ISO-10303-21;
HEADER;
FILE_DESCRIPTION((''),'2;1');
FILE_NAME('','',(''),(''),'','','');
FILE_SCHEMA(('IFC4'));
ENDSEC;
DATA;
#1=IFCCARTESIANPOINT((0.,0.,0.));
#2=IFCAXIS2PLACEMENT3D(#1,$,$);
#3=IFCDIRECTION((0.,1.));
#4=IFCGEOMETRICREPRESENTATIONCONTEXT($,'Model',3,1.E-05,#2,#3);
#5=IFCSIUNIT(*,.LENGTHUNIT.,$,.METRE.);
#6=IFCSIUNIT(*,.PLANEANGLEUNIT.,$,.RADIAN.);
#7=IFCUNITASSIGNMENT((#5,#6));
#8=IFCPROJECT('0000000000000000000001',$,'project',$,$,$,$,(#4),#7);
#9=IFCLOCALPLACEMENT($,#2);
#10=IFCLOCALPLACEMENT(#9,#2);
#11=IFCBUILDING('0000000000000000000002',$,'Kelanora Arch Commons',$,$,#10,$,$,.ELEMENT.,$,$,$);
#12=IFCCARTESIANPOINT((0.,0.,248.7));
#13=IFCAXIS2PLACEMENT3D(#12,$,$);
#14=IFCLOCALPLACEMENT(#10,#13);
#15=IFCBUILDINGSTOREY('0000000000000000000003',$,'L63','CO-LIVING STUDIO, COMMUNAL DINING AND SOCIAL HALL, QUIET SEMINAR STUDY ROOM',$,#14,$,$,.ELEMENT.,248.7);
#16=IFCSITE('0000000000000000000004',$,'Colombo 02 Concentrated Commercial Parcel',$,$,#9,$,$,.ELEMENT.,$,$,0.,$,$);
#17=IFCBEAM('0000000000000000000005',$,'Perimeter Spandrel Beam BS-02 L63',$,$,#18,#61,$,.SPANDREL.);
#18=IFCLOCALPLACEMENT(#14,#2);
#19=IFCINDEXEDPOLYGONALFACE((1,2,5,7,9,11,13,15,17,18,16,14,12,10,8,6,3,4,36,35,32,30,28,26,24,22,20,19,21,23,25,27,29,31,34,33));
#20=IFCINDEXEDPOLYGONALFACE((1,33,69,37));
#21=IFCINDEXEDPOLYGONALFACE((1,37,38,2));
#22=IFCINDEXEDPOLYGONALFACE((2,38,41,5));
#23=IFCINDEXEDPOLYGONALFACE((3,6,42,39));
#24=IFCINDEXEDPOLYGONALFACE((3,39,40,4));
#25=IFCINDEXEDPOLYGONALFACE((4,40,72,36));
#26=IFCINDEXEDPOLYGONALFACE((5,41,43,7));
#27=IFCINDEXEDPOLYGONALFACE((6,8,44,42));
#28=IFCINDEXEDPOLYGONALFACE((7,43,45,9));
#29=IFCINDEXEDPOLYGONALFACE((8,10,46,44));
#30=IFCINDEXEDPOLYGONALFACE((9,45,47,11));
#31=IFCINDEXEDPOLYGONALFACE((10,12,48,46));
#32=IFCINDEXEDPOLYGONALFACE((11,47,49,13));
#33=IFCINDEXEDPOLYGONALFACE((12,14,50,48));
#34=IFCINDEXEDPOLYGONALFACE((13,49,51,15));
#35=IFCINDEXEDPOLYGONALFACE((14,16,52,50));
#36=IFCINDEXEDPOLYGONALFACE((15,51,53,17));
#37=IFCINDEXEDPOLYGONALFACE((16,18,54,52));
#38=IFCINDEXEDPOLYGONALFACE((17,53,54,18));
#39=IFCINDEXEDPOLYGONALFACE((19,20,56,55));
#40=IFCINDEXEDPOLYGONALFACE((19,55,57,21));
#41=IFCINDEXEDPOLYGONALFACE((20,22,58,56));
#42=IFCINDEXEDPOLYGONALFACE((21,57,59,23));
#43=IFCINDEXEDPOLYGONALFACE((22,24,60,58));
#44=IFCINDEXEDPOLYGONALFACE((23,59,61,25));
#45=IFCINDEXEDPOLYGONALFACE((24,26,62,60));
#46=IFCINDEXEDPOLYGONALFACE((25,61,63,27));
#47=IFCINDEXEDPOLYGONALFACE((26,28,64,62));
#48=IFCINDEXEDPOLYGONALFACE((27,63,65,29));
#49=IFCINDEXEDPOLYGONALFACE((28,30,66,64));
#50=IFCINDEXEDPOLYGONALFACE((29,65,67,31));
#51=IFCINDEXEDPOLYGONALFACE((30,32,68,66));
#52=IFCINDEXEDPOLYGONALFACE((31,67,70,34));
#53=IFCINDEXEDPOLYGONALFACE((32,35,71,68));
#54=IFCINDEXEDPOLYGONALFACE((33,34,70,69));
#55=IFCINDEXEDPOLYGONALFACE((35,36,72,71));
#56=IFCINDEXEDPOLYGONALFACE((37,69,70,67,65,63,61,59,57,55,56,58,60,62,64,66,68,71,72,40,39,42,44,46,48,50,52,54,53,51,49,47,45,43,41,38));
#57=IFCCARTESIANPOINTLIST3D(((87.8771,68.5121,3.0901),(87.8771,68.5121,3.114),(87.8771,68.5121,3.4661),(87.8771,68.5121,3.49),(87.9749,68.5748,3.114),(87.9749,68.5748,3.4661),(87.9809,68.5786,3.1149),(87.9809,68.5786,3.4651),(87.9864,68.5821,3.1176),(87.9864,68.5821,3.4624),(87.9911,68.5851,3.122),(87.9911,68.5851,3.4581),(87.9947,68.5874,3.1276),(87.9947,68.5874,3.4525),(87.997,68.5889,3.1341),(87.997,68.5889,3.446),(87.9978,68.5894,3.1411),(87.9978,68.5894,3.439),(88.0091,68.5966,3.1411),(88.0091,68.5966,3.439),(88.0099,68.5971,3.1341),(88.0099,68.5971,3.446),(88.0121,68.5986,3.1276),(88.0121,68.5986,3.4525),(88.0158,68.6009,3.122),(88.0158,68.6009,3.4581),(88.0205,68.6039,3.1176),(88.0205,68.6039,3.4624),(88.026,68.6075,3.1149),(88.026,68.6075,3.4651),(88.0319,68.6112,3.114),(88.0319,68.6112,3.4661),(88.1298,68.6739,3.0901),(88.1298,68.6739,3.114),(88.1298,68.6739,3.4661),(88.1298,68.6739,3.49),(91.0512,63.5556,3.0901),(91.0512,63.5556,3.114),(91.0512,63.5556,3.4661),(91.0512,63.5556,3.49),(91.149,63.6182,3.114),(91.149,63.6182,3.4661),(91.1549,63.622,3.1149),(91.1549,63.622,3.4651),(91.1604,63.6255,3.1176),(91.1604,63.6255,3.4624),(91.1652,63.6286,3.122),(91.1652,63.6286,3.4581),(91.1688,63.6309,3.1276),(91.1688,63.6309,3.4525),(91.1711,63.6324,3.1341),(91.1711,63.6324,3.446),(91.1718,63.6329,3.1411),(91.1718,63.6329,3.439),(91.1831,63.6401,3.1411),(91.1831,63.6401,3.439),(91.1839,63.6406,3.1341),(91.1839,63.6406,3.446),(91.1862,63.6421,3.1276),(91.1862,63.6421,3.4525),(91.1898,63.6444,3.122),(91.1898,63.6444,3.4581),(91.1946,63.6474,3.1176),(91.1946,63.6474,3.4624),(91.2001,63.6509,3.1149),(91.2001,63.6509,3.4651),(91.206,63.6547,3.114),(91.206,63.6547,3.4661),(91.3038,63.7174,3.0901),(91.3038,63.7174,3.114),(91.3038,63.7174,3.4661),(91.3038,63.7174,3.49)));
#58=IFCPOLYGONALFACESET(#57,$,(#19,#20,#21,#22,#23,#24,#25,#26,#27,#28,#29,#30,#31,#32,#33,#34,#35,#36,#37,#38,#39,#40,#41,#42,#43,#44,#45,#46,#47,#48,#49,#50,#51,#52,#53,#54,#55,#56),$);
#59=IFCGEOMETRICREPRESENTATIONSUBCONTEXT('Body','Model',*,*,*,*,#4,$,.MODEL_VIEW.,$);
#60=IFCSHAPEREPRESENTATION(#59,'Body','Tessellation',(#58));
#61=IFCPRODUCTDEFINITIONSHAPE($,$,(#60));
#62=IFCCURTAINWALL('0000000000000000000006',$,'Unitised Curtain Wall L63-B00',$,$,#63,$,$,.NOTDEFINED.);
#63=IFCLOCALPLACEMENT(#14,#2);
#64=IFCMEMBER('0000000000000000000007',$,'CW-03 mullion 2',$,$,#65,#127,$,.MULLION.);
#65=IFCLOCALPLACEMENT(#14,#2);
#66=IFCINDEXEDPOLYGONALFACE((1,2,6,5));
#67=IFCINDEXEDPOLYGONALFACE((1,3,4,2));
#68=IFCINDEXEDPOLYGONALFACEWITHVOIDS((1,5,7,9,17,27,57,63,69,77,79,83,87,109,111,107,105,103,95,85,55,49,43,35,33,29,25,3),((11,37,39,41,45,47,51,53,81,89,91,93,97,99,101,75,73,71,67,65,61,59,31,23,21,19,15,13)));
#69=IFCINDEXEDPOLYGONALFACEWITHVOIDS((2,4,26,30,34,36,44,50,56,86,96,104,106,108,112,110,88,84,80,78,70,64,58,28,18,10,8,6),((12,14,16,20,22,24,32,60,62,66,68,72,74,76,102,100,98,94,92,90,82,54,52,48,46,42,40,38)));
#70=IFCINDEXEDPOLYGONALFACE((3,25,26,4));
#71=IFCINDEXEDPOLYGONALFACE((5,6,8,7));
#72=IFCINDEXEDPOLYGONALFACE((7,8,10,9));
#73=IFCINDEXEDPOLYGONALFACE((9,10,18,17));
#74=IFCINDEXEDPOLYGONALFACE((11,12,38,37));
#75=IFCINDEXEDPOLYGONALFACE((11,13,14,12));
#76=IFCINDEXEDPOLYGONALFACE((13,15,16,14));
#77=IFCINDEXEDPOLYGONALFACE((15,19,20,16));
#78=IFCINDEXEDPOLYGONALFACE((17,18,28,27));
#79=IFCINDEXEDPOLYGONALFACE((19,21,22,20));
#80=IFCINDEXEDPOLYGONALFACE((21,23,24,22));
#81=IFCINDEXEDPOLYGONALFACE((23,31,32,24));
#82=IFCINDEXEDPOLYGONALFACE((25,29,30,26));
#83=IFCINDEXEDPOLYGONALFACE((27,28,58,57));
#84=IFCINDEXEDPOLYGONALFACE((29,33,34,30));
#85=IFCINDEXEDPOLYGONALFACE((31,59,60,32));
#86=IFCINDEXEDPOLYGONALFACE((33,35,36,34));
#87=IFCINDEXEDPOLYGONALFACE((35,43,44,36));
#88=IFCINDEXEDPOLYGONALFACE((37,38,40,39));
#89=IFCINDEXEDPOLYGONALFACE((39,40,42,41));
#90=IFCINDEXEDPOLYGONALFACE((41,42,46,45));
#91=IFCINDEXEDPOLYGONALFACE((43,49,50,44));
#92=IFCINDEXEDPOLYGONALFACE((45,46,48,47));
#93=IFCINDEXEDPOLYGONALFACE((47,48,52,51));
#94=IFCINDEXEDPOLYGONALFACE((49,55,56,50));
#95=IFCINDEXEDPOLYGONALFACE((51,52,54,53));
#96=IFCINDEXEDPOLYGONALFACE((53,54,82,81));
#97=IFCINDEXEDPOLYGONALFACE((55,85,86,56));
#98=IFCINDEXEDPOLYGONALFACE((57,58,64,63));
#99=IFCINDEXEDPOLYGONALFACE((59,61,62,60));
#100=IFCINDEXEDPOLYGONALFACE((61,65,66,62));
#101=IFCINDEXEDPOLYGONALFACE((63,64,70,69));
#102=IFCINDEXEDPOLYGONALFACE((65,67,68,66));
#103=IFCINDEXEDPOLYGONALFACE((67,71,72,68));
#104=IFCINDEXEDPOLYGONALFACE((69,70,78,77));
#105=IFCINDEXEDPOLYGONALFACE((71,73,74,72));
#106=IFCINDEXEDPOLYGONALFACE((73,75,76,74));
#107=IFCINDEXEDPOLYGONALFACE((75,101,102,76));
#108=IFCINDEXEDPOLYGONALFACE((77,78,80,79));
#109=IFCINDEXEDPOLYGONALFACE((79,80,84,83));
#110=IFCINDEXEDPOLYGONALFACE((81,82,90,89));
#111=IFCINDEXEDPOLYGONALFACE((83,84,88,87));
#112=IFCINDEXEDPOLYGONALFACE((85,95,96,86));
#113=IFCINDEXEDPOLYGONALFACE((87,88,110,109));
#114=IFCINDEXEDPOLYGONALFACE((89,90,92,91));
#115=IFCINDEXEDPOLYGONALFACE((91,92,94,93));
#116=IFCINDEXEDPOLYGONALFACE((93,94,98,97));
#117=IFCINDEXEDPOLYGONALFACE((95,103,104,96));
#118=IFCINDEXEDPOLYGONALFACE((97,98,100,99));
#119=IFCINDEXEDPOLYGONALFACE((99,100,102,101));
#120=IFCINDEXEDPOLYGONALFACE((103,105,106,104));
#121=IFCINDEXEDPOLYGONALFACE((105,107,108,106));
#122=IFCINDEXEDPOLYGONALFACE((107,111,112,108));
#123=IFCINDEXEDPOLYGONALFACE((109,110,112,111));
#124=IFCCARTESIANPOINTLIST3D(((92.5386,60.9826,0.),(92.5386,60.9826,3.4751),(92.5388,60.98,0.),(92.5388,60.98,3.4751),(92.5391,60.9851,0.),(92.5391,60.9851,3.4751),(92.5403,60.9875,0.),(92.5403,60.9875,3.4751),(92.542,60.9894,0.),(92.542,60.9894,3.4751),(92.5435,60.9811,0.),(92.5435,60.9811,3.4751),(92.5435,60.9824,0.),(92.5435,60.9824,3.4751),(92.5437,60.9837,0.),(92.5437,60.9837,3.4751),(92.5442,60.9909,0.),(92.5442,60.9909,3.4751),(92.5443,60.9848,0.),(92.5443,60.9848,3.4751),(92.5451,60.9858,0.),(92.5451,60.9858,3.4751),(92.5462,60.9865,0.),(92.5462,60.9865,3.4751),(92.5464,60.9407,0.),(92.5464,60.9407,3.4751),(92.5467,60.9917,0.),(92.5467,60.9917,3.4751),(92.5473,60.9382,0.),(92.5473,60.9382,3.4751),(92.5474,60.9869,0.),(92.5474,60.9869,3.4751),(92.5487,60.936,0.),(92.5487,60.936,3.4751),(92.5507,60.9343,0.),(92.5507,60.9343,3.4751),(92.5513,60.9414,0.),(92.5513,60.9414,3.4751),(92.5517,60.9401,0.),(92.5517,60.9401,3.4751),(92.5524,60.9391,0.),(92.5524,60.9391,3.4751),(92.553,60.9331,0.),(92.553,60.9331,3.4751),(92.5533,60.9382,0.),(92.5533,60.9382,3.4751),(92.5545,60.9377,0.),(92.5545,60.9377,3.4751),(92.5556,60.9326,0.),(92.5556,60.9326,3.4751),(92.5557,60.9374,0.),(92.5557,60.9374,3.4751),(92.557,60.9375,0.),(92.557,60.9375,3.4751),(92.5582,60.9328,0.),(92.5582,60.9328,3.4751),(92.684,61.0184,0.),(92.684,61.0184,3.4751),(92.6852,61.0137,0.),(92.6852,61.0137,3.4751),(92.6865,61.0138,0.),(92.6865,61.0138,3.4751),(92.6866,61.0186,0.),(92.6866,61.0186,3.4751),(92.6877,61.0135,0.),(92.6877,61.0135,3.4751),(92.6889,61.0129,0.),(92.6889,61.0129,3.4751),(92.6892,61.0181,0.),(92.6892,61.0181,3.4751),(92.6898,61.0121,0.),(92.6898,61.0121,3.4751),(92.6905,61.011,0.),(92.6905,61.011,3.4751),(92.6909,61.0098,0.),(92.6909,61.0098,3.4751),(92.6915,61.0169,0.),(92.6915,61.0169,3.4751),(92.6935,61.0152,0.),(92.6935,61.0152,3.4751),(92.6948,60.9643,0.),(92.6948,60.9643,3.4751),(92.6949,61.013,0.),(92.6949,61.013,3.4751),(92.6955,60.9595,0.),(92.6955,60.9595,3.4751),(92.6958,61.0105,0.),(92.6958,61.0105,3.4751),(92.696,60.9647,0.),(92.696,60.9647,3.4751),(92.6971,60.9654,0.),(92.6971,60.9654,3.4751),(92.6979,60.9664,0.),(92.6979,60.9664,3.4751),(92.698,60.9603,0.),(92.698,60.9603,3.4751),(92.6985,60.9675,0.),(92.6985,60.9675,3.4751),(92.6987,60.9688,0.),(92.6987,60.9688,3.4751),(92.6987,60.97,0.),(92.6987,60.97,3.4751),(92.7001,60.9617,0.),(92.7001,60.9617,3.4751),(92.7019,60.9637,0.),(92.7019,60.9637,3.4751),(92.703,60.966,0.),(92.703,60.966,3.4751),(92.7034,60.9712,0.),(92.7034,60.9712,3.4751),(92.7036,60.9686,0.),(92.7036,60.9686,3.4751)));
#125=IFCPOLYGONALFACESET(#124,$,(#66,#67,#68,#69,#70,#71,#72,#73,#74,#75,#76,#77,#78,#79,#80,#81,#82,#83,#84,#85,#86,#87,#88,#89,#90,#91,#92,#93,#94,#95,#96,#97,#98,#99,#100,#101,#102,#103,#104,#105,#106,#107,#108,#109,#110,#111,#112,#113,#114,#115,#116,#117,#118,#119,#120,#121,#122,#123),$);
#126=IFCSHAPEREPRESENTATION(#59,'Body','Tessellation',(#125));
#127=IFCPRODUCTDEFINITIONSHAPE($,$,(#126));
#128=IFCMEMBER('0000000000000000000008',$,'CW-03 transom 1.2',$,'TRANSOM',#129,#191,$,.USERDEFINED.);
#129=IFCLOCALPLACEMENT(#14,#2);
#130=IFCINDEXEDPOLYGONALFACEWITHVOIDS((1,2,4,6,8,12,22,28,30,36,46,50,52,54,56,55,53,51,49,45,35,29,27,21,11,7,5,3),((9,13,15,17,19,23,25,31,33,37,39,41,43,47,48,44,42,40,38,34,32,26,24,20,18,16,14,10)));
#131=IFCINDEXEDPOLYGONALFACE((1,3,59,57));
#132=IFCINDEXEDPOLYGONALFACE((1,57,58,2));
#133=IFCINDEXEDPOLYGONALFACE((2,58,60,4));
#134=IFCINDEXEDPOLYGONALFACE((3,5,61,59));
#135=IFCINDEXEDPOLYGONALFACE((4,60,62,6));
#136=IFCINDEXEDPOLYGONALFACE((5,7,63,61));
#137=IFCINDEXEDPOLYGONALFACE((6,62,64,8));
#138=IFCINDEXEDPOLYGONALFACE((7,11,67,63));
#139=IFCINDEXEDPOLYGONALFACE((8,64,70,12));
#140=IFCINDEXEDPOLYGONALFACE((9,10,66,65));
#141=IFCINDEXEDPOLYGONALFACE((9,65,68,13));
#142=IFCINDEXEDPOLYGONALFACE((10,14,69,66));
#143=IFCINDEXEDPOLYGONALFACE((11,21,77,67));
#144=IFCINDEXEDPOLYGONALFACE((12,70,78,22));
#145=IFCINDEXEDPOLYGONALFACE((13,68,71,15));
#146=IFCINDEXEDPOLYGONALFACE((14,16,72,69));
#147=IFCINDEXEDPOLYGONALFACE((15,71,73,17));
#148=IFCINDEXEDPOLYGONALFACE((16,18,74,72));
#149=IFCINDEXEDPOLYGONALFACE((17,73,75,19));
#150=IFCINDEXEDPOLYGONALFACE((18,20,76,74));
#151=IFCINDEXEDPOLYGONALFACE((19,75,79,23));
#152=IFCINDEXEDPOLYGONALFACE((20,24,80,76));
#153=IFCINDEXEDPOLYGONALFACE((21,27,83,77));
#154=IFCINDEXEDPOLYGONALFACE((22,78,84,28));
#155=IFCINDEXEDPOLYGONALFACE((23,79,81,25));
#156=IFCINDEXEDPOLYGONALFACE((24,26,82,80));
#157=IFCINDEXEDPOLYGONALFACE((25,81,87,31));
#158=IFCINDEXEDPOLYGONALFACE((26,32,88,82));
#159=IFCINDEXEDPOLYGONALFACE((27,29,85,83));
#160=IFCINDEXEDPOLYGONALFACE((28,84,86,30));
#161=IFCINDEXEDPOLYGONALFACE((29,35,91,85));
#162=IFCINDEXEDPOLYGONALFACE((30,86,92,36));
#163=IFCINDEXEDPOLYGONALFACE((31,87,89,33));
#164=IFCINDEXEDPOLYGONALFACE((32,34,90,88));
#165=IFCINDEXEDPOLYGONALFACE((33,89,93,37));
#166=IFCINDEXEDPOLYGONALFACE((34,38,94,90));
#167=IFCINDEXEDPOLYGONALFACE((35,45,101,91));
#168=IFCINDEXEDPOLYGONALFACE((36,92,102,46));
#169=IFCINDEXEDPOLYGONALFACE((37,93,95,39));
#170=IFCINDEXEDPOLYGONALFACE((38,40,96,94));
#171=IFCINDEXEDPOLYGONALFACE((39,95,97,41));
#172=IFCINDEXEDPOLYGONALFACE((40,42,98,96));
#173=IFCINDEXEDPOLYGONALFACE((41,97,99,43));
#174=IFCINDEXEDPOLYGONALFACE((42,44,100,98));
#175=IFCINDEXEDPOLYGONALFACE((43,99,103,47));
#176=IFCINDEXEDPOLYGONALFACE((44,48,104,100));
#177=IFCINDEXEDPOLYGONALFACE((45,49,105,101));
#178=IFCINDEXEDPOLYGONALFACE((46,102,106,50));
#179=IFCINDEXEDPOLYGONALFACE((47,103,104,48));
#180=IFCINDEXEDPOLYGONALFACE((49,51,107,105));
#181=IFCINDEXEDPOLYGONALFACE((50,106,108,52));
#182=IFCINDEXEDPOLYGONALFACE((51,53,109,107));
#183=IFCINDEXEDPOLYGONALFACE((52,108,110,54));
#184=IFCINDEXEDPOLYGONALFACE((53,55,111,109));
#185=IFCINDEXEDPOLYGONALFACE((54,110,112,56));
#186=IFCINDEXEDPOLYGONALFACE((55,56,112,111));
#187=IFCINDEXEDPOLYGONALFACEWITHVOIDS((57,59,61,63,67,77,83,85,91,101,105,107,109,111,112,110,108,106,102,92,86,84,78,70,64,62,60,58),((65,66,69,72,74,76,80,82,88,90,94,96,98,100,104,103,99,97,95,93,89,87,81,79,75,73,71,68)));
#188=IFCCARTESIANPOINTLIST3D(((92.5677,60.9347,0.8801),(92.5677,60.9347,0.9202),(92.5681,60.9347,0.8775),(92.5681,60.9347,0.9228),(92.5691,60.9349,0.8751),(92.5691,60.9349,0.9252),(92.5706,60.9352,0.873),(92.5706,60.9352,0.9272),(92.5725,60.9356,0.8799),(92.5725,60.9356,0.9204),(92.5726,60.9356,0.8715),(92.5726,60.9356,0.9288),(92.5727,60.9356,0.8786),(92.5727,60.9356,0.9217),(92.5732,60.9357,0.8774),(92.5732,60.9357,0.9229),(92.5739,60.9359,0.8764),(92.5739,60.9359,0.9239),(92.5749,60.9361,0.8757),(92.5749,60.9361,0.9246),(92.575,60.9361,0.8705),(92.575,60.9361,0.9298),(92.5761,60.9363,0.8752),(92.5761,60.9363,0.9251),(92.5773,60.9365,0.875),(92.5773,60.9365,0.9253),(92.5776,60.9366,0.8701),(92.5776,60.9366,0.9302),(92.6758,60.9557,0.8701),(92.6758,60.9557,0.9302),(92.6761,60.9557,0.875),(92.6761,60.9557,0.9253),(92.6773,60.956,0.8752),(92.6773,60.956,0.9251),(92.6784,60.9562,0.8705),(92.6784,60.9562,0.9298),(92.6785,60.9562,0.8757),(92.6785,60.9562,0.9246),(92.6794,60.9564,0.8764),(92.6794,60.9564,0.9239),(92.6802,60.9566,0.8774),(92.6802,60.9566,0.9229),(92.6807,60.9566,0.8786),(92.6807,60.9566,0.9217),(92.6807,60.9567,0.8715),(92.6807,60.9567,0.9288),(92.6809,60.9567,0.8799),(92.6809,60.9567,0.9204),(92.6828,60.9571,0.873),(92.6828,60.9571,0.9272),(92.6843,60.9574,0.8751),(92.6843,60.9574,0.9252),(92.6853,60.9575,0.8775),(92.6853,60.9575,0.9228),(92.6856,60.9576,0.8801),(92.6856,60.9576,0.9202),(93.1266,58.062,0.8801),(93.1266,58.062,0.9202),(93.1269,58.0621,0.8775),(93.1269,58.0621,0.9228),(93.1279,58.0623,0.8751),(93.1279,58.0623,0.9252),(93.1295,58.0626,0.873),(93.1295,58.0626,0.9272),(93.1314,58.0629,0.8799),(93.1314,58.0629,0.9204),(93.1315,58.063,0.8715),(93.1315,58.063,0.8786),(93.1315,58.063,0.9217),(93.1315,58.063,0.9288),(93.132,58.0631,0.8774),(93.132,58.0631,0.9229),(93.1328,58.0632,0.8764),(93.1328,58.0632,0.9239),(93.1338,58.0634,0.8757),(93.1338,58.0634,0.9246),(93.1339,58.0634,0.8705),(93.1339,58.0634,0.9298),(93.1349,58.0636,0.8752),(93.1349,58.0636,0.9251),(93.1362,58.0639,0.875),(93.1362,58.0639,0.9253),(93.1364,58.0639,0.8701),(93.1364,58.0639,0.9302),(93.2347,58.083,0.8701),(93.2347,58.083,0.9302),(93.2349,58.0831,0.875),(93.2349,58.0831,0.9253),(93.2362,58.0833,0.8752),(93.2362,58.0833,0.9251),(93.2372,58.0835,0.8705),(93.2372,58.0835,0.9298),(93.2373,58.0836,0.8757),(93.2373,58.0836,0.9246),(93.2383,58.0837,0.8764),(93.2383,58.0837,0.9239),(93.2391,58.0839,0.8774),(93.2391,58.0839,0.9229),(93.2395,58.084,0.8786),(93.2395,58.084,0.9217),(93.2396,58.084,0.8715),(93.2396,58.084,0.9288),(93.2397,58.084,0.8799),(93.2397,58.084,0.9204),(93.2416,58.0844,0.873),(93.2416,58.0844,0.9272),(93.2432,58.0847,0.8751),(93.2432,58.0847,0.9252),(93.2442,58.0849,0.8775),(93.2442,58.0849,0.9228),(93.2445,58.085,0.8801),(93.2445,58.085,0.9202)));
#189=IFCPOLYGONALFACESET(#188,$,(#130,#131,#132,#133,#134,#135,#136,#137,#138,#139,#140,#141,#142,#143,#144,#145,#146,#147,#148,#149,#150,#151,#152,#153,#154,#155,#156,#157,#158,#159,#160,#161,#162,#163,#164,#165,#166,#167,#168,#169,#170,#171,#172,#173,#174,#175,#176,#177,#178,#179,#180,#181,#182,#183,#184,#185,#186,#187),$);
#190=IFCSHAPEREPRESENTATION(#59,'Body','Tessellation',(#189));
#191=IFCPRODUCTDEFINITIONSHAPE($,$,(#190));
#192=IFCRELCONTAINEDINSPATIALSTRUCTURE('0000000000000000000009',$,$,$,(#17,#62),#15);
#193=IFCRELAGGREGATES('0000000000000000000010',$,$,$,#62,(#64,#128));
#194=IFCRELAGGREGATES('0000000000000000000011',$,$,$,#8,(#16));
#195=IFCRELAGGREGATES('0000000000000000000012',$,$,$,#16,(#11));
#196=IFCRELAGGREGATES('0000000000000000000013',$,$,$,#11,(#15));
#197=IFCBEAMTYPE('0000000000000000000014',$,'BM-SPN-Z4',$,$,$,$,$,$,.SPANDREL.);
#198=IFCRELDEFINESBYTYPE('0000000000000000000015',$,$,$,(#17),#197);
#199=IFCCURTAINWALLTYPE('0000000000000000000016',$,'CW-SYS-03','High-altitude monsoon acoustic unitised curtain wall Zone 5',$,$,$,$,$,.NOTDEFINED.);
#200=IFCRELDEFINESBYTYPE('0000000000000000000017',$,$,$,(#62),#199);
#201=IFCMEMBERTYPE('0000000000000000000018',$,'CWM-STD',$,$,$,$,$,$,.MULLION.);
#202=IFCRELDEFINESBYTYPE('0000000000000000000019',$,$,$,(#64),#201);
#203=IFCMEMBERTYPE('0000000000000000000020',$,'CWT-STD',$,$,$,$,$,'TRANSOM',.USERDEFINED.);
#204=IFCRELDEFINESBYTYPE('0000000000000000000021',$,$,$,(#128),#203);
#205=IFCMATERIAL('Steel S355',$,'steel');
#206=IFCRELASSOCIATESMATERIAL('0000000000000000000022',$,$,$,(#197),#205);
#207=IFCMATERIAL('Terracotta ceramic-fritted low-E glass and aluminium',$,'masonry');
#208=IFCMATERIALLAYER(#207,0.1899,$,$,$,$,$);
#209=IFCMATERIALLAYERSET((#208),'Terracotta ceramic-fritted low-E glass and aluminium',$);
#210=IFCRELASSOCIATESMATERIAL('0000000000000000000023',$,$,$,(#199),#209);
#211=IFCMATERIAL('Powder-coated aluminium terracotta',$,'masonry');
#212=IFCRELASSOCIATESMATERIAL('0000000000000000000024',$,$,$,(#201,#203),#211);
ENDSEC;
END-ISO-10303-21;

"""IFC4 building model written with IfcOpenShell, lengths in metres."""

from ifc_helpers import new_model, si_unit, direction, frame, origin, origin_2d, place, context, subcontext, project, spatial, hollow_rectangle, i_section, extrude, material, layer, layer_set, material_profile, profile_set, type_object, element, aggregate, save


model = new_model("IFC4")

# Units and contexts
model_context = context("Model", 3, precision=1e-05, world=origin(), true_north=direction((0.0, 1.0)))
body_context = subcontext(model_context, "Body", "Model", "MODEL_VIEW")
ifc_project = project(units=[si_unit("LENGTHUNIT", "METRE"), si_unit("PLANEANGLEUNIT", "RADIAN")], contexts=[model_context])

# Site, building, storey
site_placement = place(None, origin())
site = spatial("IfcSite", under=ifc_project, at=site_placement, Name="Colombo 02 Concentrated Commercial Parcel", CompositionType="ELEMENT", RefElevation=0.0)
building_placement = place(site_placement, origin())
building = spatial("IfcBuilding", under=site, at=building_placement, Name="Kelanora Arch Commons", CompositionType="ELEMENT")
storey_placement = place(building_placement, frame((0.0, 0.0, 248.7)))
storey = spatial("IfcBuildingStorey", under=building, at=storey_placement, Name="L63", Description="CO-LIVING STUDIO, COMMUNAL DINING AND SOCIAL HALL, QUIET SEMINAR STUDY ROOM", CompositionType="ELEMENT", Elevation=248.7)

# Beam
ifc_material_1 = material(Name="Steel S355", Category="steel")
ifc_material_profile_1 = material_profile(ifc_material_1, i_section(OverallWidth=0.3, OverallDepth=0.3999, WebThickness=0.0134, FlangeThickness=0.0239, FilletRadius=0.0271, at=origin_2d()), Name="HEB400")
ifc_profile_set_1 = profile_set([ifc_material_profile_1], Name="Steel S355")
beam_type_1 = type_object("IfcBeamType", Name="BM-SPN-Z4", PredefinedType="SPANDREL", material=ifc_profile_set_1)
beam_1_placement = place(storey_placement, frame((91.1775, 63.6365, 3.29), z_axis=(-0.539281, 0.842126, 0.0), x_axis=(-0.842126, -0.539281, 0.0)))
element("IfcBeam", 1, at=beam_1_placement, inside=storey, type_object=beam_type_1, Name="Perimeter Spandrel Beam BS-02 L63", PredefinedType="SPANDREL", context=body_context, shape_type="SweptSolid", body=[
    extrude(i_section(OverallWidth=0.3, OverallDepth=0.3999, WebThickness=0.0134, FlangeThickness=0.0239, FilletRadius=0.0271, at=origin_2d()), origin(), (0.0, 0.0, 1.0), 5.8857),
])

# Curtain wall, members
ifc_material_2 = material(Name="Terracotta ceramic-fritted low-E glass and aluminium", Category="masonry")
ifc_layer_1 = layer(ifc_material_2, 0.1899)
ifc_layer_set_1 = layer_set([ifc_layer_1], Name="Terracotta ceramic-fritted low-E glass and aluminium")
curtain_wall_type = type_object("IfcCurtainWallType", Name="CW-SYS-03", Description="High-altitude monsoon acoustic unitised curtain wall Zone 5", PredefinedType="NOTDEFINED", material=ifc_layer_set_1)
curtain_wall_placement = place(storey_placement, origin())
curtain_wall = element("IfcCurtainWall", 2, at=curtain_wall_placement, inside=storey, type_object=curtain_wall_type, Name="Unitised Curtain Wall L63-B00", PredefinedType="NOTDEFINED")
ifc_material_3 = material(Name="Powder-coated aluminium terracotta", Category="masonry")
ifc_material_profile_2 = material_profile(ifc_material_3, hollow_rectangle(XDim=0.1599, YDim=0.0601, WallThickness=0.0049, InnerFilletRadius=0.0049, OuterFilletRadius=0.01, at=origin_2d()), Name="CWM160x60")
ifc_profile_set_2 = profile_set([ifc_material_profile_2], Name="Powder-coated aluminium terracotta")
member_type_1 = type_object("IfcMemberType", Name="CWM-STD", PredefinedType="MULLION", material=ifc_profile_set_2)
member_1_placement = place(storey_placement, frame((92.6211, 60.9756, 0.0), z_axis=(0.0, 0.0, 1.0), x_axis=(-0.981596, -0.190972, 0.0)))
member_1 = element("IfcMember", 3, at=member_1_placement, type_object=member_type_1, Name="CW-03 mullion 2", PredefinedType="MULLION", context=body_context, shape_type="SweptSolid", body=[
    extrude(hollow_rectangle(XDim=0.1599, YDim=0.0601, WallThickness=0.0049, InnerFilletRadius=0.0049, OuterFilletRadius=0.01, at=origin_2d()), origin(), (0.0, 0.0, 1.0), 3.4751),
])
ifc_material_profile_3 = material_profile(ifc_material_3, hollow_rectangle(XDim=0.1201, YDim=0.0601, WallThickness=0.0049, InnerFilletRadius=0.0049, OuterFilletRadius=0.01, at=origin_2d()), Name="CWT120x60")
ifc_profile_set_3 = profile_set([ifc_material_profile_3], Name="Powder-coated aluminium terracotta")
member_type_2 = type_object("IfcMemberType", Name="CWT-STD", ElementType="TRANSOM", PredefinedType="USERDEFINED", material=ifc_profile_set_3)
member_2_placement = place(storey_placement, frame((93.1855, 58.0735, 0.9001), z_axis=(-0.190963, 0.981597, 0.0), x_axis=(-0.981597, -0.190963, 0.0)))
member_2 = element("IfcMember", 4, at=member_2_placement, type_object=member_type_2, Name="CW-03 transom 1.2", ObjectType="TRANSOM", PredefinedType="USERDEFINED", context=body_context, shape_type="SweptSolid", body=[
    extrude(hollow_rectangle(XDim=0.1201, YDim=0.0601, WallThickness=0.0049, InnerFilletRadius=0.0049, OuterFilletRadius=0.01, at=origin_2d()), origin(), (0.0, 0.0, 1.0), 2.9265),
])
aggregate(curtain_wall, [member_1, member_2])

save(model, "model.ifc")
